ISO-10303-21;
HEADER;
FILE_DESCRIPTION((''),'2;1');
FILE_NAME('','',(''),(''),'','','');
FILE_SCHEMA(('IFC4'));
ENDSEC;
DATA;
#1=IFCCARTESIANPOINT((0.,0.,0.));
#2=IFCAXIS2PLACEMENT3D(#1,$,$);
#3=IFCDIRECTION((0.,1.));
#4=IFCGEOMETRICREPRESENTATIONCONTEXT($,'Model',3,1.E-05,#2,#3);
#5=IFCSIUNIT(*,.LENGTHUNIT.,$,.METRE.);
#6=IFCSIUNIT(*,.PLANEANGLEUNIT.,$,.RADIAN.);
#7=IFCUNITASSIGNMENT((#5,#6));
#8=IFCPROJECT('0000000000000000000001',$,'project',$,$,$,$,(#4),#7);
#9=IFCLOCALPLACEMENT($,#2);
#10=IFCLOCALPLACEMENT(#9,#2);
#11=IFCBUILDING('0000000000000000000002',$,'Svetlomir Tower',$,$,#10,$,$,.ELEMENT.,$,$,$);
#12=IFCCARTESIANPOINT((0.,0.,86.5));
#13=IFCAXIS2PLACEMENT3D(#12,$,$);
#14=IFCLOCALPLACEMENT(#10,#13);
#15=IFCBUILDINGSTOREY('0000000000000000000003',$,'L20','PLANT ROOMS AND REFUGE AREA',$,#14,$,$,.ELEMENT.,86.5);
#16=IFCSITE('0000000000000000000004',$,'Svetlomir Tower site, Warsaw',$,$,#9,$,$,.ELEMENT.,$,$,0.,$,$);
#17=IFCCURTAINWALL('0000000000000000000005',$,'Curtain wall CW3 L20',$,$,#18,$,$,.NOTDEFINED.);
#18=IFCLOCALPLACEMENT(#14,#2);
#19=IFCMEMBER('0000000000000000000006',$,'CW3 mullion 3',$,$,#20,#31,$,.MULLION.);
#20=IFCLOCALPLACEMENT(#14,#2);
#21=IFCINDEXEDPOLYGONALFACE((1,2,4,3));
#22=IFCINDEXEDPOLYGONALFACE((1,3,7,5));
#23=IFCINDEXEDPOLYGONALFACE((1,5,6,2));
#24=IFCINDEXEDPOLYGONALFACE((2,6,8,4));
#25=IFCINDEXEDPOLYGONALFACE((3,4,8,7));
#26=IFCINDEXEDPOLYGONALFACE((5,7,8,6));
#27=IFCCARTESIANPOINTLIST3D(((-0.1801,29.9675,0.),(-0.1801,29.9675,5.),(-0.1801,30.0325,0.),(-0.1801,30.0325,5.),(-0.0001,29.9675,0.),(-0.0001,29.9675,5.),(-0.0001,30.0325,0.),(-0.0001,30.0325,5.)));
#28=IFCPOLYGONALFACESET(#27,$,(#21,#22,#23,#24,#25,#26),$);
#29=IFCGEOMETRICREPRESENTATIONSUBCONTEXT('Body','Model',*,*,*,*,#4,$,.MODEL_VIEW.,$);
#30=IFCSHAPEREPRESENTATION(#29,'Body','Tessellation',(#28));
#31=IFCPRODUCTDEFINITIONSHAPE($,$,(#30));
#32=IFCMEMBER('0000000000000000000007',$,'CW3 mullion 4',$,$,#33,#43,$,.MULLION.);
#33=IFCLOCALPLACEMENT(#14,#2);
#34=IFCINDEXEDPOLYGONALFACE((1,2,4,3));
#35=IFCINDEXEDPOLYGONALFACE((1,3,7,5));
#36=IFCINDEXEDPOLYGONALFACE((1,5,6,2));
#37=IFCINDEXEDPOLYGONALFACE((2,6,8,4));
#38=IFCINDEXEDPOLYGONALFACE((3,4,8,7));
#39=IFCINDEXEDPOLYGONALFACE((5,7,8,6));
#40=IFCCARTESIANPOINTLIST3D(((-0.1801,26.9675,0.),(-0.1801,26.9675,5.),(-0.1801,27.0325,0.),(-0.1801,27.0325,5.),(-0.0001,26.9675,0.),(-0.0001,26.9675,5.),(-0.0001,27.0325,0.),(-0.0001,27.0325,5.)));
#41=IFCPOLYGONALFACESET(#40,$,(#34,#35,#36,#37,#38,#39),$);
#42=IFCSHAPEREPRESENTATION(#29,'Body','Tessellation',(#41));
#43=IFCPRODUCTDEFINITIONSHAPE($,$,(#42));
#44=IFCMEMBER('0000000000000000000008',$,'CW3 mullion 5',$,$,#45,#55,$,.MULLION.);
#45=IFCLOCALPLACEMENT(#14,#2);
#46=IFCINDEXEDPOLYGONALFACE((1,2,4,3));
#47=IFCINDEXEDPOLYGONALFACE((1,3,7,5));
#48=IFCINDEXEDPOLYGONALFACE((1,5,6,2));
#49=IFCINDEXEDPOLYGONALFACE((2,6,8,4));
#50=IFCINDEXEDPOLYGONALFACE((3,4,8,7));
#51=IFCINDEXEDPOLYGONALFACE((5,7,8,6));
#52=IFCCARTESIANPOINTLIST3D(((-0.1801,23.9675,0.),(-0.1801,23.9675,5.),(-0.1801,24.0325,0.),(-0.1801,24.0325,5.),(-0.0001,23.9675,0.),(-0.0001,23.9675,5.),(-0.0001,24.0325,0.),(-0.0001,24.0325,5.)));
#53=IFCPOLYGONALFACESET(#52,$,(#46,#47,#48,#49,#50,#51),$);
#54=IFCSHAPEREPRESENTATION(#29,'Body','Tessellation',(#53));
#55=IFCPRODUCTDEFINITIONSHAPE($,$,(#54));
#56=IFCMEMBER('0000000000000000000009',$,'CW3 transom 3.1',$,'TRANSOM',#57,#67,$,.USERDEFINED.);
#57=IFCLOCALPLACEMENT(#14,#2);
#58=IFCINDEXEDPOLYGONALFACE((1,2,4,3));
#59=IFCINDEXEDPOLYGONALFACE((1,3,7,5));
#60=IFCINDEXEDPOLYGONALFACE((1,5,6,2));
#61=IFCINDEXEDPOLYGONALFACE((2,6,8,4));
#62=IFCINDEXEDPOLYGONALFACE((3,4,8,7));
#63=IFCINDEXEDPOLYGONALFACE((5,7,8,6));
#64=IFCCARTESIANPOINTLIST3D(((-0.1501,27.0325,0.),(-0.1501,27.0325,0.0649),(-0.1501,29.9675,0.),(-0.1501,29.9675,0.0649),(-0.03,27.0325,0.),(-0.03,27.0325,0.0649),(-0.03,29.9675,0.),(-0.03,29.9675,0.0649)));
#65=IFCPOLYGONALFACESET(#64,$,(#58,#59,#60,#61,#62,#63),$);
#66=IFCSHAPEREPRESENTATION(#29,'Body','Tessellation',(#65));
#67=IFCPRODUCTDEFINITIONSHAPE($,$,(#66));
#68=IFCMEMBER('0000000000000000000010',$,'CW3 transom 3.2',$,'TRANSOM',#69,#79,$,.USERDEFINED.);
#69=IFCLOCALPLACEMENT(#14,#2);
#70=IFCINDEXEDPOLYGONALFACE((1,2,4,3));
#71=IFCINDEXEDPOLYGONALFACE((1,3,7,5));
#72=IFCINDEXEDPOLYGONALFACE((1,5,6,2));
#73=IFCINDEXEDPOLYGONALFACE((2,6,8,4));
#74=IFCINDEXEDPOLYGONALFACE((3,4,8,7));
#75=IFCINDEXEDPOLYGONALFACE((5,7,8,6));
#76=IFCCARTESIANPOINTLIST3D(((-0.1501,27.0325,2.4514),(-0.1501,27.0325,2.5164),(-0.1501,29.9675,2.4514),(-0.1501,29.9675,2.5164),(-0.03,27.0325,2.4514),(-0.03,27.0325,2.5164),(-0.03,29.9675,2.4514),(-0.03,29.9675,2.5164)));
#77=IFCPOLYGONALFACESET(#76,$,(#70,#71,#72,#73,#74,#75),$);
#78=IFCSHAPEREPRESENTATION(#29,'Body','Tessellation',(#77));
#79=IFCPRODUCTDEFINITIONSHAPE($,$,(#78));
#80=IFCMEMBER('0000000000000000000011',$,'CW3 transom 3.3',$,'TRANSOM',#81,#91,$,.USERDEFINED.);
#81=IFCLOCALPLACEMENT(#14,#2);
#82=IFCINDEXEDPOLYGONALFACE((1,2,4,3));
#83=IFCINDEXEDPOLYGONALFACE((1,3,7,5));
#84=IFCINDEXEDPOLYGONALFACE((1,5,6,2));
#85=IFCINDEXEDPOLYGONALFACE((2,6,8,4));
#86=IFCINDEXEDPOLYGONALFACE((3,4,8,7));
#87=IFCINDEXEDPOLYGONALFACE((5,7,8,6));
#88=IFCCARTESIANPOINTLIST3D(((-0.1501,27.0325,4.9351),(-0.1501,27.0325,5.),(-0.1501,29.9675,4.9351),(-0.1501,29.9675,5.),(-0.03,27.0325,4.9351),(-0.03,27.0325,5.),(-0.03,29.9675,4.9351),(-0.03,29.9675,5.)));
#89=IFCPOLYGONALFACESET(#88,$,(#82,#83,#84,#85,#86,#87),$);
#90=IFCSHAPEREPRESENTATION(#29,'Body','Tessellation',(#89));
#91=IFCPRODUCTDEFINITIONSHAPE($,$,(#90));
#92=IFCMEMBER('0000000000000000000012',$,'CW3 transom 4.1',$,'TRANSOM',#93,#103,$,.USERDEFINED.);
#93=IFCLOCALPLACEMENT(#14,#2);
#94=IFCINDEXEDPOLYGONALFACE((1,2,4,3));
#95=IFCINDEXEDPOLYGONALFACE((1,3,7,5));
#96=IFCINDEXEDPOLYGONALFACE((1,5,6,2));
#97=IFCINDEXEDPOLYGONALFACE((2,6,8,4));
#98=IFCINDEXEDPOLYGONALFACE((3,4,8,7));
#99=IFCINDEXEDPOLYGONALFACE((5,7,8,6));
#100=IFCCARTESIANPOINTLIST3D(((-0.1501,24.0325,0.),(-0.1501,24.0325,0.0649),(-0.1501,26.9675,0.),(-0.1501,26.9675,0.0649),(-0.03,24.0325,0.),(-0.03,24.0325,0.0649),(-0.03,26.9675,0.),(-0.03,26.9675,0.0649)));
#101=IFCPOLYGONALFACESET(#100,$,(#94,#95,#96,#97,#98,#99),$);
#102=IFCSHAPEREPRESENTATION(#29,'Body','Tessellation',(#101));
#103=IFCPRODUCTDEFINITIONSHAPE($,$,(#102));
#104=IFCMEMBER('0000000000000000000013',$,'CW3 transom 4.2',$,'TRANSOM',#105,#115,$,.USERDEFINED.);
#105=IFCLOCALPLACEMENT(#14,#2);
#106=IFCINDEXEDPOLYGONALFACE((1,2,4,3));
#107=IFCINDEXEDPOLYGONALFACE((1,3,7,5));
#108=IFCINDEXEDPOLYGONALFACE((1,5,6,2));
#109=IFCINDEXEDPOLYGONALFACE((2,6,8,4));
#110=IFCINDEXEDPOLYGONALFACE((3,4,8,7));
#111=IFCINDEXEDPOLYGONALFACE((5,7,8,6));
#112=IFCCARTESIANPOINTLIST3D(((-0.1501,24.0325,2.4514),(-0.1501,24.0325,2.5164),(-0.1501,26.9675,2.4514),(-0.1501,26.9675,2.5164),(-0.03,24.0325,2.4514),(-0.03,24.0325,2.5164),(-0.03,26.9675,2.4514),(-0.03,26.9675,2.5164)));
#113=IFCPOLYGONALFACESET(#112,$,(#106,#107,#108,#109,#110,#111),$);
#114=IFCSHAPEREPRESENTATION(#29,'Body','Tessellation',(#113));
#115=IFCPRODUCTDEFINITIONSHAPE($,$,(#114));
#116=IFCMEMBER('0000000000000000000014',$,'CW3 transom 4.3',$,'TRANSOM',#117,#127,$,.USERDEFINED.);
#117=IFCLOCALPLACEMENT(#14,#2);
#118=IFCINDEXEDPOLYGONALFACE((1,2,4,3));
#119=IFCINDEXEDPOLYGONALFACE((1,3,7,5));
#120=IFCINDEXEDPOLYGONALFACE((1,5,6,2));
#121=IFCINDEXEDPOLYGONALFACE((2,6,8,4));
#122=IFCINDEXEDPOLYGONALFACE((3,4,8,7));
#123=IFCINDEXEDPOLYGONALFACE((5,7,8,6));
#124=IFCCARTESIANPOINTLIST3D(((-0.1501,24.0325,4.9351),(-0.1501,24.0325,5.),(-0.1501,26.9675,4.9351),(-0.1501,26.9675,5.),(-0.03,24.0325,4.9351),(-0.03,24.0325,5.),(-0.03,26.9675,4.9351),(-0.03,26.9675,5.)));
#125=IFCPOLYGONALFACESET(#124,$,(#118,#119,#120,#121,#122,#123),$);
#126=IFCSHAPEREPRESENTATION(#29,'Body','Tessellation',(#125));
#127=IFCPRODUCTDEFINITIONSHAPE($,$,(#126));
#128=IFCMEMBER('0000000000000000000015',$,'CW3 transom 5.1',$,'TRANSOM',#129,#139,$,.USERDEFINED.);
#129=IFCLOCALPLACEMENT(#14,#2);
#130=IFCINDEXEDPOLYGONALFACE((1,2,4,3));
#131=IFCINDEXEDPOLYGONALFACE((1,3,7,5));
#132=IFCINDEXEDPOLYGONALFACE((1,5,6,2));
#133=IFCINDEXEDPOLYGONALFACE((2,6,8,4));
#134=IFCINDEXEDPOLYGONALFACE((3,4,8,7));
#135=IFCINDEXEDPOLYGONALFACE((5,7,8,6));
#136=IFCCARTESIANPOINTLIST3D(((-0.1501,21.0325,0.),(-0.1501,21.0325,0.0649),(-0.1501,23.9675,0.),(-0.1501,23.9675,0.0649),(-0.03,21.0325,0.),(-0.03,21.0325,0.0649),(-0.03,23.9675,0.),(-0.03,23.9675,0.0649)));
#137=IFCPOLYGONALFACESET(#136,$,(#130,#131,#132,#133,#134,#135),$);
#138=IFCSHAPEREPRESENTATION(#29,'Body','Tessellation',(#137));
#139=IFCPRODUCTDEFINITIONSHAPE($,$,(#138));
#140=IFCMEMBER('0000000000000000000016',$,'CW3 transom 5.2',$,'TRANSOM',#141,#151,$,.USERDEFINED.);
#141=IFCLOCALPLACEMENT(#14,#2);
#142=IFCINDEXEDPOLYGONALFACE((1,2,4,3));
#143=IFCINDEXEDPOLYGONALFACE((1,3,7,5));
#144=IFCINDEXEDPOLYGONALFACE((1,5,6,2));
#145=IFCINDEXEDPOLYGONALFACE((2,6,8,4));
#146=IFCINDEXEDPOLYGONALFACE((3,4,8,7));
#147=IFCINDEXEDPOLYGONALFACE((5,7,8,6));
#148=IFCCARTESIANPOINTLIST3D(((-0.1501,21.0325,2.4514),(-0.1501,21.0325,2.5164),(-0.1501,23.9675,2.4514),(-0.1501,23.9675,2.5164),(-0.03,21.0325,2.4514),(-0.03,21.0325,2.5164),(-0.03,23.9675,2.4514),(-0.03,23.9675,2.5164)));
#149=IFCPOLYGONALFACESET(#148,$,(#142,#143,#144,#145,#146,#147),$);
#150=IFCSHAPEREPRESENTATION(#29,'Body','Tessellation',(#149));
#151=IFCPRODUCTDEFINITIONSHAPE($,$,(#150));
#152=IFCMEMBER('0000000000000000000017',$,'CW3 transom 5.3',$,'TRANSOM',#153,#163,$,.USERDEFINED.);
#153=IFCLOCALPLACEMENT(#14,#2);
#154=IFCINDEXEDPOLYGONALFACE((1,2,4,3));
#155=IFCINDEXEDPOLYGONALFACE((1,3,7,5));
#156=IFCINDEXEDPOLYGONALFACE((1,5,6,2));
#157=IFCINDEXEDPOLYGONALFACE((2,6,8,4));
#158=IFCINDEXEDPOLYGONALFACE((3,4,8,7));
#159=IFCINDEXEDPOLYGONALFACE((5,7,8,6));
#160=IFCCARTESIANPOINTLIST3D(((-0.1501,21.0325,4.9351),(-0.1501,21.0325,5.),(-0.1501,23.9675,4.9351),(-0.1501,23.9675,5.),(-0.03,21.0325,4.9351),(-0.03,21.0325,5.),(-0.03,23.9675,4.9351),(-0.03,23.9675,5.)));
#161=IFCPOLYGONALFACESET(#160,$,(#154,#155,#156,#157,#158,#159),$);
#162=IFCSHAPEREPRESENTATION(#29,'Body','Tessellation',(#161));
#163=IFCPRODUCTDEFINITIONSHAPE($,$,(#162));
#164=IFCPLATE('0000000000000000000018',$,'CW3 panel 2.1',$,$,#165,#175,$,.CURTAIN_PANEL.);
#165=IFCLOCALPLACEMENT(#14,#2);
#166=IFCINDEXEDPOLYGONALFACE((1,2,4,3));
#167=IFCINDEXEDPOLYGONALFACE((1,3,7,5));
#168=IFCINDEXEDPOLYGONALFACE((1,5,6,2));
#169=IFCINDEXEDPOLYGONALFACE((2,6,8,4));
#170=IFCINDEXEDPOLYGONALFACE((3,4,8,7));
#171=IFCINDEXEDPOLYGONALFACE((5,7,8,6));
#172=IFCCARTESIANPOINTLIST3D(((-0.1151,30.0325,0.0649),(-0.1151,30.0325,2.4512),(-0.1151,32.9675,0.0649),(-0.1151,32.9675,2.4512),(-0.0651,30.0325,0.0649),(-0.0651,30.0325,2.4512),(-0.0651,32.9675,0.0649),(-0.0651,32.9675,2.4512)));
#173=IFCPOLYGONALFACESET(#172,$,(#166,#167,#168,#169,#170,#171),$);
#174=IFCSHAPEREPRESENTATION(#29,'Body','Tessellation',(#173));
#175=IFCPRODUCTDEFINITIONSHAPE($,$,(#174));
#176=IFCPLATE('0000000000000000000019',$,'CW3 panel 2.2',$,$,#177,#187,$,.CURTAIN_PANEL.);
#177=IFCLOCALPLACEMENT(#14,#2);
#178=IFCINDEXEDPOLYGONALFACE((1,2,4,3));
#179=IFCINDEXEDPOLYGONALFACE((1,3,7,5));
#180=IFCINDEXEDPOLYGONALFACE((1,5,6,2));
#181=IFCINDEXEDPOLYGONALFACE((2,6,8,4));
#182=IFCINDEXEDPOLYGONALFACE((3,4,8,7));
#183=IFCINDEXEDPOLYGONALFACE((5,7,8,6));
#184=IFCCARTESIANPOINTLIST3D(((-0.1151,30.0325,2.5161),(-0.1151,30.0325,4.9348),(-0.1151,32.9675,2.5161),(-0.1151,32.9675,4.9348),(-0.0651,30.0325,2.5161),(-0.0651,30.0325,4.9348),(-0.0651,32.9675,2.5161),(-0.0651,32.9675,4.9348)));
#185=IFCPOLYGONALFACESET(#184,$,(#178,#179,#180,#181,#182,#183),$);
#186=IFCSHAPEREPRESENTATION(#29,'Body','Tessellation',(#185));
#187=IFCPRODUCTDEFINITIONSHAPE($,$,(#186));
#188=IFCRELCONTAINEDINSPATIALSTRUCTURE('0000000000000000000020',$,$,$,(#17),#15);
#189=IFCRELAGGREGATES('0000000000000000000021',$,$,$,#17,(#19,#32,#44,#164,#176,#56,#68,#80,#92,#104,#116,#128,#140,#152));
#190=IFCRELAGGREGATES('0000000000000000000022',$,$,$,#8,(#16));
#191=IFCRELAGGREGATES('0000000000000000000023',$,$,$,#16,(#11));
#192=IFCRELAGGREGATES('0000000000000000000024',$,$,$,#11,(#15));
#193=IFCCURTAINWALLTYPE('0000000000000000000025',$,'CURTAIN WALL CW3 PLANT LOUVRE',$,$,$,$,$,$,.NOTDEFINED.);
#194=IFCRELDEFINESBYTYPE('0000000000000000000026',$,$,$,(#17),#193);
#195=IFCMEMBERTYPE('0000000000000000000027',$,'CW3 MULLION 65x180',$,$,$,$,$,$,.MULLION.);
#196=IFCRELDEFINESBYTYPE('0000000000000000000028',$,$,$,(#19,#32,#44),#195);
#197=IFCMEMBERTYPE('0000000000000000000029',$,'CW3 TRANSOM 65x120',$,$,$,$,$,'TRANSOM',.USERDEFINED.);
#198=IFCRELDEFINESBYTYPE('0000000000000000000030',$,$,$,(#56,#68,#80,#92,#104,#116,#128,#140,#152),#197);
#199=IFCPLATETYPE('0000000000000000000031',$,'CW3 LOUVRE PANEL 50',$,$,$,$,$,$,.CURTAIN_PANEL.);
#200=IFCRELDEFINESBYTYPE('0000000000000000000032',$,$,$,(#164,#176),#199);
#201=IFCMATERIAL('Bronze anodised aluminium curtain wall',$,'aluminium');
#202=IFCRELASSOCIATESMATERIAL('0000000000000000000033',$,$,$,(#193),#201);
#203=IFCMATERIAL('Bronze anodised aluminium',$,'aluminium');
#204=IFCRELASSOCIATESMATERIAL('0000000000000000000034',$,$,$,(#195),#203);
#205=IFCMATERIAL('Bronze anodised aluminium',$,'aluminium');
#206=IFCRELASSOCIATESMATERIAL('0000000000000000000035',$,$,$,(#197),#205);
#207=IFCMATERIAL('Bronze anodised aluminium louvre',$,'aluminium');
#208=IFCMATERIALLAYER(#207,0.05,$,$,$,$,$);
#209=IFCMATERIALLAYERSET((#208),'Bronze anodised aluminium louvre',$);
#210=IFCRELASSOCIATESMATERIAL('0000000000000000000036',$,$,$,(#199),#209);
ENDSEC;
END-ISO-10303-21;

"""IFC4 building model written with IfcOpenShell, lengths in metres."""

from ifc_helpers import new_model, si_unit, direction, frame, origin, origin_2d, place, context, subcontext, project, spatial, rectangle, extrude, material, layer, layer_set, material_profile, profile_set, type_object, element, aggregate, save


model = new_model("IFC4")

# Units and contexts
model_context = context("Model", 3, precision=1e-05, world=origin(), true_north=direction((0.0, 1.0)))
body_context = subcontext(model_context, "Body", "Model", "MODEL_VIEW")
ifc_project = project(units=[si_unit("LENGTHUNIT", "METRE"), si_unit("PLANEANGLEUNIT", "RADIAN")], contexts=[model_context])

# Site, building, storey
site_placement = place(None, origin())
site = spatial("IfcSite", under=ifc_project, at=site_placement, Name="Svetlomir Tower site, Warsaw", CompositionType="ELEMENT", RefElevation=0.0)
building_placement = place(site_placement, origin())
building = spatial("IfcBuilding", under=site, at=building_placement, Name="Svetlomir Tower", CompositionType="ELEMENT")
storey_placement = place(building_placement, frame((0.0, 0.0, 86.5)))
storey = spatial("IfcBuildingStorey", under=building, at=storey_placement, Name="L20", Description="PLANT ROOMS AND REFUGE AREA", CompositionType="ELEMENT", Elevation=86.5)

# Curtain wall, members, plates
ifc_material_1 = material(Name="Bronze anodised aluminium curtain wall", Category="aluminium")
curtain_wall_type = type_object("IfcCurtainWallType", Name="CURTAIN WALL CW3 PLANT LOUVRE", PredefinedType="NOTDEFINED", material=ifc_material_1)
curtain_wall_placement = place(storey_placement, origin())
curtain_wall = element("IfcCurtainWall", 1, at=curtain_wall_placement, inside=storey, type_object=curtain_wall_type, Name="Curtain wall CW3 L20", PredefinedType="NOTDEFINED")
ifc_material_2 = material(Name="Bronze anodised aluminium", Category="aluminium")
ifc_material_profile_1 = material_profile(ifc_material_2, rectangle(XDim=0.0649, YDim=0.1799, at=origin_2d()), Name="AL 65x180")
ifc_profile_set_1 = profile_set([ifc_material_profile_1], Name="Bronze anodised aluminium 6063-T6")
member_type_1 = type_object("IfcMemberType", Name="CW3 MULLION 65x180", PredefinedType="MULLION", material=ifc_profile_set_1)
member_1_placement = place(storey_placement, frame((-0.0901, 30.0, 0.0), z_axis=(0.0, 0.0, 1.0), x_axis=(0.0, -1.0, 0.0)))
member_1 = element("IfcMember", 2, at=member_1_placement, type_object=member_type_1, Name="CW3 mullion 3", PredefinedType="MULLION", context=body_context, shape_type="SweptSolid", body=[
    extrude(rectangle(XDim=0.0649, YDim=0.1799, at=origin_2d()), origin(), (0.0, 0.0, 1.0), 5.0),
])
member_2_placement = place(storey_placement, frame((-0.0901, 27.0, 0.0), z_axis=(0.0, 0.0, 1.0), x_axis=(0.0, -1.0, 0.0)))
member_2 = element("IfcMember", 3, at=member_2_placement, type_object=member_type_1, Name="CW3 mullion 4", PredefinedType="MULLION", context=body_context, shape_type="SweptSolid", body=[
    extrude(rectangle(XDim=0.0649, YDim=0.1799, at=origin_2d()), origin(), (0.0, 0.0, 1.0), 5.0),
])
member_3_placement = place(storey_placement, frame((-0.0901, 24.0, 0.0), z_axis=(0.0, 0.0, 1.0), x_axis=(0.0, -1.0, 0.0)))
member_3 = element("IfcMember", 4, at=member_3_placement, type_object=member_type_1, Name="CW3 mullion 5", PredefinedType="MULLION", context=body_context, shape_type="SweptSolid", body=[
    extrude(rectangle(XDim=0.0649, YDim=0.1799, at=origin_2d()), origin(), (0.0, 0.0, 1.0), 5.0),
])
ifc_material_3 = material(Name="Bronze anodised aluminium", Category="aluminium")
ifc_material_profile_2 = material_profile(ifc_material_3, rectangle(XDim=0.1201, YDim=0.0649, at=origin_2d()), Name="AL 120x65")
ifc_profile_set_2 = profile_set([ifc_material_profile_2], Name="Bronze anodised aluminium 6063-T6")
member_type_2 = type_object("IfcMemberType", Name="CW3 TRANSOM 65x120", ElementType="TRANSOM", PredefinedType="USERDEFINED", material=ifc_profile_set_2)
member_4_placement = place(storey_placement, frame((-0.0901, 29.9675, 0.0325), z_axis=(0.0, -1.0, 0.0), x_axis=(1.0, 0.0, 0.0)))
member_4 = element("IfcMember", 5, at=member_4_placement, type_object=member_type_2, Name="CW3 transom 3.1", ObjectType="TRANSOM", PredefinedType="USERDEFINED", context=body_context, shape_type="SweptSolid", body=[
    extrude(rectangle(XDim=0.1201, YDim=0.0649, at=origin_2d()), origin(), (0.0, 0.0, 1.0), 2.9351),
])
member_5_placement = place(storey_placement, frame((-0.0901, 29.9675, 2.4839), z_axis=(0.0, -1.0, 0.0), x_axis=(1.0, 0.0, 0.0)))
member_5 = element("IfcMember", 6, at=member_5_placement, type_object=member_type_2, Name="CW3 transom 3.2", ObjectType="TRANSOM", PredefinedType="USERDEFINED", context=body_context, shape_type="SweptSolid", body=[
    extrude(rectangle(XDim=0.1201, YDim=0.0649, at=origin_2d()), origin(), (0.0, 0.0, 1.0), 2.9351),
])
member_6_placement = place(storey_placement, frame((-0.0901, 29.9675, 4.9675), z_axis=(0.0, -1.0, 0.0), x_axis=(1.0, 0.0, 0.0)))
member_6 = element("IfcMember", 7, at=member_6_placement, type_object=member_type_2, Name="CW3 transom 3.3", ObjectType="TRANSOM", PredefinedType="USERDEFINED", context=body_context, shape_type="SweptSolid", body=[
    extrude(rectangle(XDim=0.1201, YDim=0.0649, at=origin_2d()), origin(), (0.0, 0.0, 1.0), 2.9351),
])
member_7_placement = place(storey_placement, frame((-0.0901, 26.9675, 0.0325), z_axis=(0.0, -1.0, 0.0), x_axis=(1.0, 0.0, 0.0)))
member_7 = element("IfcMember", 8, at=member_7_placement, type_object=member_type_2, Name="CW3 transom 4.1", ObjectType="TRANSOM", PredefinedType="USERDEFINED", context=body_context, shape_type="SweptSolid", body=[
    extrude(rectangle(XDim=0.1201, YDim=0.0649, at=origin_2d()), origin(), (0.0, 0.0, 1.0), 2.9351),
])
member_8_placement = place(storey_placement, frame((-0.0901, 26.9675, 2.4839), z_axis=(0.0, -1.0, 0.0), x_axis=(1.0, 0.0, 0.0)))
member_8 = element("IfcMember", 9, at=member_8_placement, type_object=member_type_2, Name="CW3 transom 4.2", ObjectType="TRANSOM", PredefinedType="USERDEFINED", context=body_context, shape_type="SweptSolid", body=[
    extrude(rectangle(XDim=0.1201, YDim=0.0649, at=origin_2d()), origin(), (0.0, 0.0, 1.0), 2.9351),
])
member_9_placement = place(storey_placement, frame((-0.0901, 26.9675, 4.9675), z_axis=(0.0, -1.0, 0.0), x_axis=(1.0, 0.0, 0.0)))
member_9 = element("IfcMember", 10, at=member_9_placement, type_object=member_type_2, Name="CW3 transom 4.3", ObjectType="TRANSOM", PredefinedType="USERDEFINED", context=body_context, shape_type="SweptSolid", body=[
    extrude(rectangle(XDim=0.1201, YDim=0.0649, at=origin_2d()), origin(), (0.0, 0.0, 1.0), 2.9351),
])
member_10_placement = place(storey_placement, frame((-0.0901, 23.9675, 0.0325), z_axis=(0.0, -1.0, 0.0), x_axis=(1.0, 0.0, 0.0)))
member_10 = element("IfcMember", 11, at=member_10_placement, type_object=member_type_2, Name="CW3 transom 5.1", ObjectType="TRANSOM", PredefinedType="USERDEFINED", context=body_context, shape_type="SweptSolid", body=[
    extrude(rectangle(XDim=0.1201, YDim=0.0649, at=origin_2d()), origin(), (0.0, 0.0, 1.0), 2.9351),
])
member_11_placement = place(storey_placement, frame((-0.0901, 23.9675, 2.4839), z_axis=(0.0, -1.0, 0.0), x_axis=(1.0, 0.0, 0.0)))
member_11 = element("IfcMember", 12, at=member_11_placement, type_object=member_type_2, Name="CW3 transom 5.2", ObjectType="TRANSOM", PredefinedType="USERDEFINED", context=body_context, shape_type="SweptSolid", body=[
    extrude(rectangle(XDim=0.1201, YDim=0.0649, at=origin_2d()), origin(), (0.0, 0.0, 1.0), 2.9351),
])
member_12_placement = place(storey_placement, frame((-0.0901, 23.9675, 4.9675), z_axis=(0.0, -1.0, 0.0), x_axis=(1.0, 0.0, 0.0)))
member_12 = element("IfcMember", 13, at=member_12_placement, type_object=member_type_2, Name="CW3 transom 5.3", ObjectType="TRANSOM", PredefinedType="USERDEFINED", context=body_context, shape_type="SweptSolid", body=[
    extrude(rectangle(XDim=0.1201, YDim=0.0649, at=origin_2d()), origin(), (0.0, 0.0, 1.0), 2.9351),
])
ifc_material_4 = material(Name="Bronze anodised aluminium louvre", Category="aluminium")
ifc_layer = layer(ifc_material_4, 0.05)
ifc_layer_set = layer_set([ifc_layer], Name="Bronze anodised aluminium louvre")
plate_type = type_object("IfcPlateType", Name="CW3 LOUVRE PANEL 50", PredefinedType="CURTAIN_PANEL", material=ifc_layer_set)
plate_1_placement = place(storey_placement, frame((-0.0901, 31.5, 0.0649), z_axis=(0.0, 0.0, 1.0), x_axis=(0.0, -1.0, 0.0)))
plate_1 = element("IfcPlate", 14, at=plate_1_placement, type_object=plate_type, Name="CW3 panel 2.1", PredefinedType="CURTAIN_PANEL", context=body_context, shape_type="SweptSolid", body=[
    extrude(rectangle(XDim=2.9351, YDim=0.05, at=origin_2d()), origin(), (0.0, 0.0, 1.0), 2.3862),
])
plate_2_placement = place(storey_placement, frame((-0.0901, 31.5, 2.5161), z_axis=(0.0, 0.0, 1.0), x_axis=(0.0, -1.0, 0.0)))
plate_2 = element("IfcPlate", 15, at=plate_2_placement, type_object=plate_type, Name="CW3 panel 2.2", PredefinedType="CURTAIN_PANEL", context=body_context, shape_type="SweptSolid", body=[
    extrude(rectangle(XDim=2.9351, YDim=0.05, at=origin_2d()), origin(), (0.0, 0.0, 1.0), 2.4187),
])
aggregate(curtain_wall, [member_1, member_2, member_3, plate_1, plate_2, member_4, member_5, member_6, member_7, member_8, member_9, member_10, member_11, member_12])

save(model, "model.ifc")
